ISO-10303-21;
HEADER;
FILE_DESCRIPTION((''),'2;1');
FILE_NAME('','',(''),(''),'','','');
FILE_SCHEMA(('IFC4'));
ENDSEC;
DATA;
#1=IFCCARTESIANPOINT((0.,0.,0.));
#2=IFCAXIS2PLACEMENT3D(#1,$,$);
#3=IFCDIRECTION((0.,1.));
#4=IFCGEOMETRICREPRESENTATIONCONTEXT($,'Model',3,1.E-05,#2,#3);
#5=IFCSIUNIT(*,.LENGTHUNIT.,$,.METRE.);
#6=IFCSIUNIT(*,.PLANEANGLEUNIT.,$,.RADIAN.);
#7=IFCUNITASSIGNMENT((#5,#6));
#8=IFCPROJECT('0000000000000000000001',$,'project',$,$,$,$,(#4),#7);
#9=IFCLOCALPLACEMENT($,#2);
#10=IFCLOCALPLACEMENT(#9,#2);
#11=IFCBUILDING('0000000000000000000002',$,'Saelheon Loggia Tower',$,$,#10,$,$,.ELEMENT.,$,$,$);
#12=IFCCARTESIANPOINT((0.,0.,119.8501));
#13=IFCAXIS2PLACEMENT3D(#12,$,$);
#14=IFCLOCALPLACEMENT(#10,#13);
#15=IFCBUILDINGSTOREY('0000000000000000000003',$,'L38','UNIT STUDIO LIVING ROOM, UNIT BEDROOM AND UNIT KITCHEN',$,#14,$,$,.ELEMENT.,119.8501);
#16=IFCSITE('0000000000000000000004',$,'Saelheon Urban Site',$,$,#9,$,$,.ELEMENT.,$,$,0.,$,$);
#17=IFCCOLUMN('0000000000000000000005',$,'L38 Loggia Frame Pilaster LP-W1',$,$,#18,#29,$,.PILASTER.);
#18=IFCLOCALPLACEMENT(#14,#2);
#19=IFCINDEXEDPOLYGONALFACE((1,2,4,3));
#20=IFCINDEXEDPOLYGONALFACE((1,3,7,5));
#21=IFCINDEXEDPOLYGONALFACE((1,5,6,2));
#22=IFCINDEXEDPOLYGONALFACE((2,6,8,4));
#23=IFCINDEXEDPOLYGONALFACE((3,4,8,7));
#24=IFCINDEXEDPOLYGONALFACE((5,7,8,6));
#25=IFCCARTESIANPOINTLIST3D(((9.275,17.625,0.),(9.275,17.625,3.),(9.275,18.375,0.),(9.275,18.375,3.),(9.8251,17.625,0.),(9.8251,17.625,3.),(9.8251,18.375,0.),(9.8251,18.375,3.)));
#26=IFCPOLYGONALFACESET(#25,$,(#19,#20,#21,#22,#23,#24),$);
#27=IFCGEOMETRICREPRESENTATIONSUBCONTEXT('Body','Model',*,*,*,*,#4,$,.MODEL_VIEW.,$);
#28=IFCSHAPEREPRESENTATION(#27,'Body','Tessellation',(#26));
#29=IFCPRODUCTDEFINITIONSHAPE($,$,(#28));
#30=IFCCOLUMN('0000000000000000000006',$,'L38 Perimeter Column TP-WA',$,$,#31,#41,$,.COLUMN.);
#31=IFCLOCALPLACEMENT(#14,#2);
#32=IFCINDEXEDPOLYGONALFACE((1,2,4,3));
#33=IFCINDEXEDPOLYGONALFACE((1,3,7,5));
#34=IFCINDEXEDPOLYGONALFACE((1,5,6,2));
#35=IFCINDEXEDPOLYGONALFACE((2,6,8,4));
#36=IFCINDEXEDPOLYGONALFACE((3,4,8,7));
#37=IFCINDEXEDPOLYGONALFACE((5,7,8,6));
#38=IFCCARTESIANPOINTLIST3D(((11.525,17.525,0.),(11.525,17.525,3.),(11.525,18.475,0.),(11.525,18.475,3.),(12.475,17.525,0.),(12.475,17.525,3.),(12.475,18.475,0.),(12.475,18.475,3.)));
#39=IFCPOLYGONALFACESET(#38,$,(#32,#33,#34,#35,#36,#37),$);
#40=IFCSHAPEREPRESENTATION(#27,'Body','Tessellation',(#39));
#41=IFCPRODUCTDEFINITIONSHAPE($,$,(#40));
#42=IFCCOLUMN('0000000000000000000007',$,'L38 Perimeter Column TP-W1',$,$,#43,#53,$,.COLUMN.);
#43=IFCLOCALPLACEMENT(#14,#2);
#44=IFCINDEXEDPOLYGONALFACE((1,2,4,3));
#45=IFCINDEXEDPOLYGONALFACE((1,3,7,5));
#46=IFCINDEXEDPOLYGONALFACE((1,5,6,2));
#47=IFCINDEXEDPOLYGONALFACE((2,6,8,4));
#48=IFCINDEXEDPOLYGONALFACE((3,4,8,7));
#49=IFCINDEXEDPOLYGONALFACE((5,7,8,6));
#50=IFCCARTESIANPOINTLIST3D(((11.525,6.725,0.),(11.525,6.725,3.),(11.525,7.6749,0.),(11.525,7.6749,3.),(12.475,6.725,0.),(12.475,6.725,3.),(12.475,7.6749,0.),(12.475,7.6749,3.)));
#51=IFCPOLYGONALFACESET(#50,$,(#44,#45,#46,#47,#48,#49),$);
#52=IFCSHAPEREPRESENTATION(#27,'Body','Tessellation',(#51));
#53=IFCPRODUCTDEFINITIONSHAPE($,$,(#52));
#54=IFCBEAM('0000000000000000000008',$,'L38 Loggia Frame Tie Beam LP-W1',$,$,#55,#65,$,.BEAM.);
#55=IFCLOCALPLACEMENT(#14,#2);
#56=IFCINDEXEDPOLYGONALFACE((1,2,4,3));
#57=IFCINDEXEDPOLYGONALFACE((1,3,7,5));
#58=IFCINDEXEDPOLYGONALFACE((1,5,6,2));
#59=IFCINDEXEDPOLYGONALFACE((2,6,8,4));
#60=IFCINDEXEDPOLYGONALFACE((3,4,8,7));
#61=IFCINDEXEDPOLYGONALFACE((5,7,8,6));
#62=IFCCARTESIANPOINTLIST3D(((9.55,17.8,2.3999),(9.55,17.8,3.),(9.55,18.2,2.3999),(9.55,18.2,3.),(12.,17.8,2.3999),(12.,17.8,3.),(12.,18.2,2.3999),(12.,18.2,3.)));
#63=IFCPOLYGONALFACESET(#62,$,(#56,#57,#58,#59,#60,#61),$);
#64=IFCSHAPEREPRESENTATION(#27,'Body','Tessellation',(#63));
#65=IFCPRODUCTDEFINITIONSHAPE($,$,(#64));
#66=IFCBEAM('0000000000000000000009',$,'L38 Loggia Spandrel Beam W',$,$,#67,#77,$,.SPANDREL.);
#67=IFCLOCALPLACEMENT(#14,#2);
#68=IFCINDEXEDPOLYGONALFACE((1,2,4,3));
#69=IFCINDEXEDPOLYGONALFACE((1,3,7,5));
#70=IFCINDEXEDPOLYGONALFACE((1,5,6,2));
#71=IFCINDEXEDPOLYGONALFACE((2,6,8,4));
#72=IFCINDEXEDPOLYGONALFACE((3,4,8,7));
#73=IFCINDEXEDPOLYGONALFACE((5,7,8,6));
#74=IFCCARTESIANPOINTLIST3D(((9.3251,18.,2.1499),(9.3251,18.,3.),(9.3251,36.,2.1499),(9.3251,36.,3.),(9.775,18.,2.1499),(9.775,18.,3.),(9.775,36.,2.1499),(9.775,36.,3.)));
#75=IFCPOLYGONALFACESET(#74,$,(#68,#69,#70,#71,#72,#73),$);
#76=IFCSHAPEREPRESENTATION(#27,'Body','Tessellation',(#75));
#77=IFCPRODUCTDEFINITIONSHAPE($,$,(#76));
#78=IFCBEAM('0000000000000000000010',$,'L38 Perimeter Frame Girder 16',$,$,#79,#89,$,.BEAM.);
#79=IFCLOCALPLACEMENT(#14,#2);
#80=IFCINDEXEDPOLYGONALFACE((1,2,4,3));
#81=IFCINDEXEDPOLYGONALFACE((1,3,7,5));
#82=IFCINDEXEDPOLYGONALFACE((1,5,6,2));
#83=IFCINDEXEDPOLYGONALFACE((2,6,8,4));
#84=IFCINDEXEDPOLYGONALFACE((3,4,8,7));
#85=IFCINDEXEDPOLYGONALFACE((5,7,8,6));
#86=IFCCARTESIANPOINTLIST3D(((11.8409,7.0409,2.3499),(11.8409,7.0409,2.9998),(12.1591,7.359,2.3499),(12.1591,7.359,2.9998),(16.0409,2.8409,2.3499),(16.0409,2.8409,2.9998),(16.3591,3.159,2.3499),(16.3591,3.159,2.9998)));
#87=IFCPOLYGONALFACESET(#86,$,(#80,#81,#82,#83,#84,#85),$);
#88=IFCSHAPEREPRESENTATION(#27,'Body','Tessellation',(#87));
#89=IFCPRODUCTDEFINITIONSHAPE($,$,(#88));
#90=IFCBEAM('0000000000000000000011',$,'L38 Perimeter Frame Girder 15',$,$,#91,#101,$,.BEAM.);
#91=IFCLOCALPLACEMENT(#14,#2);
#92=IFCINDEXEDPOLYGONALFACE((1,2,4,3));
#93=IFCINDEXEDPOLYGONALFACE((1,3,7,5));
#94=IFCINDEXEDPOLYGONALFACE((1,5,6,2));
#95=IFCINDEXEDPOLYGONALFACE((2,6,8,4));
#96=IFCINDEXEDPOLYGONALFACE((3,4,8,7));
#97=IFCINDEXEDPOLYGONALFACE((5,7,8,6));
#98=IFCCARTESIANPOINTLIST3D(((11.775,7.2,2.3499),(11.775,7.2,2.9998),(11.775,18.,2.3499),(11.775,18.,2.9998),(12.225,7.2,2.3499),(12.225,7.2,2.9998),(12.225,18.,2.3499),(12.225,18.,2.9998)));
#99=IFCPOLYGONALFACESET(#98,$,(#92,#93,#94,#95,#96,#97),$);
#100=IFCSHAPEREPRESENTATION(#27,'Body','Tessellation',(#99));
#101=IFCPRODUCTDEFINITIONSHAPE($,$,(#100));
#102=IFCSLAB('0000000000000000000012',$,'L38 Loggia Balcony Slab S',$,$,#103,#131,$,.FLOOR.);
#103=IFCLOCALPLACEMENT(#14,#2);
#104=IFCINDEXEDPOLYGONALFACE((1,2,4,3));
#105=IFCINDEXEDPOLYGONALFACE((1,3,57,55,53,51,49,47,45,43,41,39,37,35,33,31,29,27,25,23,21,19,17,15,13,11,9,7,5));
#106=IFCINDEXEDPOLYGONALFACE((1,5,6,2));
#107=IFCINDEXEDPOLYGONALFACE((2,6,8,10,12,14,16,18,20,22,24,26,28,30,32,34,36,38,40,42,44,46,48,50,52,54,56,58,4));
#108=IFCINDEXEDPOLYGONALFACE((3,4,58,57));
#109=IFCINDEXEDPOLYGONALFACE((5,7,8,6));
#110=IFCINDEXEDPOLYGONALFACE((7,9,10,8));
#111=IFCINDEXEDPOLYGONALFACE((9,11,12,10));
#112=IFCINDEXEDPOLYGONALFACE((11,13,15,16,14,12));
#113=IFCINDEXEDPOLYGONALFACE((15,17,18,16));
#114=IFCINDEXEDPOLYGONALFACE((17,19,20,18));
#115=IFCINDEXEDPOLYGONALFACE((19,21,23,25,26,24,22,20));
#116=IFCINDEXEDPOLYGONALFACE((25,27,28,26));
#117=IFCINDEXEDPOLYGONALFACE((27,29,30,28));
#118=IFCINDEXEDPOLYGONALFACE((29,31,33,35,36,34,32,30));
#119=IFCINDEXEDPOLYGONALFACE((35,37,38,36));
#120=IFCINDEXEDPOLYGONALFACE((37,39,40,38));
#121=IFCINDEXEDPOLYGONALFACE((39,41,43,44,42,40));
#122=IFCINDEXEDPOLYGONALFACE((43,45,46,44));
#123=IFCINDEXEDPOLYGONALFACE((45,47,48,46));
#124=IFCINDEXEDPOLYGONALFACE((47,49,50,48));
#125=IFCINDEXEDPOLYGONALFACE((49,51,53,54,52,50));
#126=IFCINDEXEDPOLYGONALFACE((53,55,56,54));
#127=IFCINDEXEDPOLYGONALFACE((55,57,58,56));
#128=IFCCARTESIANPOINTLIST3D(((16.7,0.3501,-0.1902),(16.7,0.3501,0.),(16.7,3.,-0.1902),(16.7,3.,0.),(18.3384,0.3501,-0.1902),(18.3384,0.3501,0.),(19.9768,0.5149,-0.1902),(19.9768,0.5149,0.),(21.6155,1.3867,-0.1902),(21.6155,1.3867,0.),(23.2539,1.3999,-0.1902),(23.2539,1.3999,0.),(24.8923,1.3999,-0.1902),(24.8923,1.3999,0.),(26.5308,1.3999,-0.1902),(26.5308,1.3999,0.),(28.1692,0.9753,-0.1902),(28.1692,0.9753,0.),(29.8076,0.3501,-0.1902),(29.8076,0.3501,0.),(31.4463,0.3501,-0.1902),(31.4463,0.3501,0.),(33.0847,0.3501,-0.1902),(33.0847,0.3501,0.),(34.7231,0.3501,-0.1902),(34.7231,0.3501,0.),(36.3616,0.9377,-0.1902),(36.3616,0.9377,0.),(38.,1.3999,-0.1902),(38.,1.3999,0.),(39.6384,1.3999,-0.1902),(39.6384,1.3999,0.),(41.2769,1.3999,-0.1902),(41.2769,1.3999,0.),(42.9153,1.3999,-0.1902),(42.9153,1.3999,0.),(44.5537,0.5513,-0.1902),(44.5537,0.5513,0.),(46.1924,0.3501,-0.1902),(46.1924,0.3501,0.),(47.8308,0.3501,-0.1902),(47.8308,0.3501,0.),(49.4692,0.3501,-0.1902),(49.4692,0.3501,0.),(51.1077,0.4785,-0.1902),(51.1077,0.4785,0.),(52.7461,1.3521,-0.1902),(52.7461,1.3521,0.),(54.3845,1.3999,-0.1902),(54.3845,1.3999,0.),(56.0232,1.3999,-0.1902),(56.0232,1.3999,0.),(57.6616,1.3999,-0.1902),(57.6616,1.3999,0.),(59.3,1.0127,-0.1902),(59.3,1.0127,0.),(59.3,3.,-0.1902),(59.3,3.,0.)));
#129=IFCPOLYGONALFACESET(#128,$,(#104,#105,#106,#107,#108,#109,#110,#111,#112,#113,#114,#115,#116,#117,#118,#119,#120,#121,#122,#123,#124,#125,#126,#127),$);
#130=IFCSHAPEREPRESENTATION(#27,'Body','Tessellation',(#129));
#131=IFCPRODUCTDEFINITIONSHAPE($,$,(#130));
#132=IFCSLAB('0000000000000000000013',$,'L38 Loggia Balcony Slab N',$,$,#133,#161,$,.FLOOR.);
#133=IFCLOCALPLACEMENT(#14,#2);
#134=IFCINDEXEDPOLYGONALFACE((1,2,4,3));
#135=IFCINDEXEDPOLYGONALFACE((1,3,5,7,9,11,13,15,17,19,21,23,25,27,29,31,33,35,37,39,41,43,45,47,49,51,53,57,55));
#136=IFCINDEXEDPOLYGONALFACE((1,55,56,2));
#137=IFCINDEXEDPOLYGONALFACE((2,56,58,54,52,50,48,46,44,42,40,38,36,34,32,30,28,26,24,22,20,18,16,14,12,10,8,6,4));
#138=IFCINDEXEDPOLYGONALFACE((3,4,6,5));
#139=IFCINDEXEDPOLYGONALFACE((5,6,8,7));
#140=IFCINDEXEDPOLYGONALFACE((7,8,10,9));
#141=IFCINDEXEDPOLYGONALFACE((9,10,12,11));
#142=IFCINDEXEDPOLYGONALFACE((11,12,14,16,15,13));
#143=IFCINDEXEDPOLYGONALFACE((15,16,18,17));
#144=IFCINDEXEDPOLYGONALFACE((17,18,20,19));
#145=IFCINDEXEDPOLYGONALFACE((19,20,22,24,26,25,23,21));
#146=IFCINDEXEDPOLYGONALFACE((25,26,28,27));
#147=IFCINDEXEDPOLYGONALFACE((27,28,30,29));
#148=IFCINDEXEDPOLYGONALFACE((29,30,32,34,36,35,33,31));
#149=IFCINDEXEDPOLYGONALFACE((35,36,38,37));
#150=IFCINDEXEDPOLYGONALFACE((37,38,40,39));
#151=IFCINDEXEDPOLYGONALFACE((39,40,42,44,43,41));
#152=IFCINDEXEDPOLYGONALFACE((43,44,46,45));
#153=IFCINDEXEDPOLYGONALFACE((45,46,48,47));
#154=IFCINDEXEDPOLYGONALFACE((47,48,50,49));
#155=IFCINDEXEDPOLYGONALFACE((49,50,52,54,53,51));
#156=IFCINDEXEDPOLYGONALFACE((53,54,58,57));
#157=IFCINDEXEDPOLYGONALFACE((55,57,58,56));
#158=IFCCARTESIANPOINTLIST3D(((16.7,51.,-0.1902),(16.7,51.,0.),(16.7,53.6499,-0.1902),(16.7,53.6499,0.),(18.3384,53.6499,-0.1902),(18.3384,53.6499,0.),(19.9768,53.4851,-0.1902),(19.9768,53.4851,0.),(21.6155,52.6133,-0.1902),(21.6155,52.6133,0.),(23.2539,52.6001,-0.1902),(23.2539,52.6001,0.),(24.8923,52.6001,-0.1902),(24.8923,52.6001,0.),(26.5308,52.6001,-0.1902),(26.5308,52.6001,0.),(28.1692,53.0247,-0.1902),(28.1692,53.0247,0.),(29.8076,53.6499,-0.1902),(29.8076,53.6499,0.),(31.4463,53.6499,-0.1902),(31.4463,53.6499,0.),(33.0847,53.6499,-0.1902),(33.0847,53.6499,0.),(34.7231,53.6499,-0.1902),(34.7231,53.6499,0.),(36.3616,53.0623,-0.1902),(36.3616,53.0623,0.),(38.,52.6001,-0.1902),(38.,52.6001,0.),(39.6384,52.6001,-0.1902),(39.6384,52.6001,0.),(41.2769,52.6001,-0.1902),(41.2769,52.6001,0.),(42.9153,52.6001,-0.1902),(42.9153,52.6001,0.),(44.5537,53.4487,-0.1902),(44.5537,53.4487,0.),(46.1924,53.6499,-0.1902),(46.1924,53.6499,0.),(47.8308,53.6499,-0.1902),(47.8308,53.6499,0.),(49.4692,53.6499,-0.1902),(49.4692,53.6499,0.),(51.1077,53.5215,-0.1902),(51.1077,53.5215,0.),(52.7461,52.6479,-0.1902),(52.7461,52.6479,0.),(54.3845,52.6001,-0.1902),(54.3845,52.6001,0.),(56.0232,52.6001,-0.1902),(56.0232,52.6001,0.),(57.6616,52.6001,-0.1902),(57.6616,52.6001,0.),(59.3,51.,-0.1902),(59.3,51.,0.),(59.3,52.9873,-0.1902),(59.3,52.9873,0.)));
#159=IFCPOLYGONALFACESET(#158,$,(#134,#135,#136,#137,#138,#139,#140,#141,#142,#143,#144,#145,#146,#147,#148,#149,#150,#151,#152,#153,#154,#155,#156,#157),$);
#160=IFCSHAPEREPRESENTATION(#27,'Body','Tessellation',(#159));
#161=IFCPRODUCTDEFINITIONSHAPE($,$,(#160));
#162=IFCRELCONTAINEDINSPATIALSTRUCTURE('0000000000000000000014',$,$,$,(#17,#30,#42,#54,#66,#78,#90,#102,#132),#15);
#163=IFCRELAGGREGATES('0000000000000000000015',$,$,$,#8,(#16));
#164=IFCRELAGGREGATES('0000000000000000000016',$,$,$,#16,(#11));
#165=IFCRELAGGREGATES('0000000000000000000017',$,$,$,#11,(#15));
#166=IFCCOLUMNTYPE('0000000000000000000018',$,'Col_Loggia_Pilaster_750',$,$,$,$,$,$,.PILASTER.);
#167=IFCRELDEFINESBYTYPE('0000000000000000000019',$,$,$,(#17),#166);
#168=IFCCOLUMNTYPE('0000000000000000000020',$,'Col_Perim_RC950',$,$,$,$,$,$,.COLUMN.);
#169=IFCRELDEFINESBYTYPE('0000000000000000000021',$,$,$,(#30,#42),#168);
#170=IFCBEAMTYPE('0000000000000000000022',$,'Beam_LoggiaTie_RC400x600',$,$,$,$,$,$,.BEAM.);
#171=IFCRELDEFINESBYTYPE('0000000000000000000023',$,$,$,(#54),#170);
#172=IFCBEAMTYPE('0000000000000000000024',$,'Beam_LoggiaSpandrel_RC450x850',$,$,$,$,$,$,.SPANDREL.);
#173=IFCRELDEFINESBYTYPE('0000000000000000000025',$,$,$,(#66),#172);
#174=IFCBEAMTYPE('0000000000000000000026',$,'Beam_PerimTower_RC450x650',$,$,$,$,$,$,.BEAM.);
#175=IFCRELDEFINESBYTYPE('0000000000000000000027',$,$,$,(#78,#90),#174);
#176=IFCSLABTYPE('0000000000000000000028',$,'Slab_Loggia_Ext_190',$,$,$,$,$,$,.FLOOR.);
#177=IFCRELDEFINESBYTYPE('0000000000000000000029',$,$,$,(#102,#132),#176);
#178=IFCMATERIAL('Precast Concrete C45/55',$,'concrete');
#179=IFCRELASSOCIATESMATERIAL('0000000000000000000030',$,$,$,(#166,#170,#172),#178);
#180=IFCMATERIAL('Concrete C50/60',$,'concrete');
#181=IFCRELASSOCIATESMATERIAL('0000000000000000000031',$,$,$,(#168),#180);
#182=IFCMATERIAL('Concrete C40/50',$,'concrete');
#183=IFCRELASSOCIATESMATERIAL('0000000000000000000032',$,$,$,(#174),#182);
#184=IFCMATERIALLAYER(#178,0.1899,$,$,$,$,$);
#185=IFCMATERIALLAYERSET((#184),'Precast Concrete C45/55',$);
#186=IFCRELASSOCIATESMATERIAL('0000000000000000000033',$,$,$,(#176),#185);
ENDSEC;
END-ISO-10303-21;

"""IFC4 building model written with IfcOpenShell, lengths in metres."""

from ifc_helpers import new_model, si_unit, direction, frame, origin, origin_2d, place, context, subcontext, project, spatial, polyline, rectangle, outline, extrude, source, transform, mapped, material, layer, layer_set, material_profile, profile_set, type_object, element, save


model = new_model("IFC4")

# Units and contexts
model_context = context("Model", 3, precision=1e-05, world=origin(), true_north=direction((0.0, 1.0)))
body_context = subcontext(model_context, "Body", "Model", "MODEL_VIEW")
ifc_project = project(units=[si_unit("LENGTHUNIT", "METRE"), si_unit("PLANEANGLEUNIT", "RADIAN")], contexts=[model_context])

# Site, building, storey
site_placement = place(None, origin())
site = spatial("IfcSite", under=ifc_project, at=site_placement, Name="Saelheon Urban Site", CompositionType="ELEMENT", RefElevation=0.0)
building_placement = place(site_placement, origin())
building = spatial("IfcBuilding", under=site, at=building_placement, Name="Saelheon Loggia Tower", CompositionType="ELEMENT")
storey_placement = place(building_placement, frame((0.0, 0.0, 119.8501)))
storey = spatial("IfcBuildingStorey", under=building, at=storey_placement, Name="L38", Description="UNIT STUDIO LIVING ROOM, UNIT BEDROOM AND UNIT KITCHEN", CompositionType="ELEMENT", Elevation=119.8501)

# Columns
ifc_material_1 = material(Name="Precast Concrete C45/55", Category="concrete")
ifc_material_profile_1 = material_profile(ifc_material_1, rectangle(XDim=0.55, YDim=0.75, at=origin_2d()), Name="RC-550x750")
ifc_profile_set_1 = profile_set([ifc_material_profile_1], Name="Precast Concrete C45/55")
column_type_1 = type_object("IfcColumnType", Name="Col_Loggia_Pilaster_750", PredefinedType="PILASTER", material=ifc_profile_set_1)
shared_shape_1 = source(origin(), body_context, "Body", "SweptSolid", [
    extrude(rectangle(XDim=0.55, YDim=0.75, at=origin_2d()), origin(), (0.0, 0.0, 1.0), 3.0),
])
column_placement = place(storey_placement, frame((9.55, 18.0, 0.0), z_axis=(0.0, 0.0, 1.0), x_axis=(1.0, 0.0, 0.0)))
element("IfcColumn", 1, at=column_placement, inside=storey, type_object=column_type_1, Name="L38 Loggia Frame Pilaster LP-W1", PredefinedType="PILASTER", context=body_context, shape_type="MappedRepresentation", body=[
    mapped(shared_shape_1, transform((0.0, 0.0, 0.0), scale=1.0)),
])
ifc_material_2 = material(Name="Concrete C50/60", Category="concrete")
ifc_material_profile_2 = material_profile(ifc_material_2, rectangle(XDim=0.95, YDim=0.95, at=origin_2d()), Name="RC-950x950")
ifc_profile_set_2 = profile_set([ifc_material_profile_2], Name="Concrete C50/60")
column_type_2 = type_object("IfcColumnType", Name="Col_Perim_RC950", PredefinedType="COLUMN", material=ifc_profile_set_2)
shared_shape_2 = source(origin(), body_context, "Body", "SweptSolid", [
    extrude(rectangle(XDim=0.95, YDim=0.95, at=origin_2d()), origin(), (0.0, 0.0, 1.0), 3.0),
])
for number, where, z_axis, x_axis, name in (
    (2, (12.0, 18.0, 0.0), (0.0, 0.0, 1.0), (1.0, 0.0, 0.0), "L38 Perimeter Column TP-WA"),
    (3, (12.0, 7.2, 0.0), (0.0, 0.0, 1.0), (1.0, 0.0, 0.0), "L38 Perimeter Column TP-W1"),
):
    element("IfcColumn", number, at=place(storey_placement, frame(where, z_axis=z_axis, x_axis=x_axis)), inside=storey, type_object=column_type_2, Name=name, PredefinedType="COLUMN", context=body_context, shape_type="MappedRepresentation", body=[
        mapped(shared_shape_2, transform((0.0, 0.0, 0.0), scale=1.0)),
    ])

# Beams
ifc_material_profile_3 = material_profile(ifc_material_1, rectangle(XDim=0.3999, YDim=0.6001, at=origin_2d()), Name="RC-400x600")
ifc_profile_set_3 = profile_set([ifc_material_profile_3], Name="Precast Concrete C45/55")
beam_type_1 = type_object("IfcBeamType", Name="Beam_LoggiaTie_RC400x600", PredefinedType="BEAM", material=ifc_profile_set_3)
shared_shape_3 = source(origin(), body_context, "Body", "SweptSolid", [
    extrude(rectangle(XDim=0.3999, YDim=0.6001, at=origin_2d()), origin(), (0.0, 0.0, 1.0), 2.45),
])
beam_1_placement = place(storey_placement, frame((12.0, 18.0, 2.7), z_axis=(-1.0, 0.0, 0.0), x_axis=(0.0, -1.0, 0.0)))
element("IfcBeam", 4, at=beam_1_placement, inside=storey, type_object=beam_type_1, Name="L38 Loggia Frame Tie Beam LP-W1", PredefinedType="BEAM", context=body_context, shape_type="MappedRepresentation", body=[
    mapped(shared_shape_3, transform((0.0, 0.0, 0.0), scale=1.0)),
])
ifc_material_profile_4 = material_profile(ifc_material_1, rectangle(XDim=0.45, YDim=0.8501, at=origin_2d()), Name="RC-450x850")
ifc_profile_set_4 = profile_set([ifc_material_profile_4], Name="Precast Concrete C45/55")
beam_type_2 = type_object("IfcBeamType", Name="Beam_LoggiaSpandrel_RC450x850", PredefinedType="SPANDREL", material=ifc_profile_set_4)
shared_shape_4 = source(origin(), body_context, "Body", "SweptSolid", [
    extrude(rectangle(XDim=0.45, YDim=0.8501, at=origin_2d()), origin(), (0.0, 0.0, 1.0), 18.0),
])
beam_2_placement = place(storey_placement, frame((9.55, 18.0, 2.575), z_axis=(0.0, 1.0, 0.0), x_axis=(-1.0, 0.0, 0.0)))
element("IfcBeam", 5, at=beam_2_placement, inside=storey, type_object=beam_type_2, Name="L38 Loggia Spandrel Beam W", PredefinedType="SPANDREL", context=body_context, shape_type="MappedRepresentation", body=[
    mapped(shared_shape_4, transform((0.0, 0.0, 0.0), scale=1.0)),
])
ifc_material_3 = material(Name="Concrete C40/50", Category="concrete")
ifc_material_profile_5 = material_profile(ifc_material_3, rectangle(XDim=0.45, YDim=0.6499, at=origin_2d()), Name="RC-450x650")
ifc_profile_set_5 = profile_set([ifc_material_profile_5], Name="Concrete C40/50")
beam_type_3 = type_object("IfcBeamType", Name="Beam_PerimTower_RC450x650", PredefinedType="BEAM", material=ifc_profile_set_5)
shared_shape_5 = source(origin(), body_context, "Body", "SweptSolid", [
    extrude(rectangle(XDim=0.45, YDim=0.6499, at=origin_2d()), origin(), (0.0, 0.0, 1.0), 5.9397),
])
beam_3_placement = place(storey_placement, frame((12.0, 7.2, 2.6748), z_axis=(0.707107, -0.707107, 0.0), x_axis=(0.707107, 0.707107, 0.0)))
element("IfcBeam", 6, at=beam_3_placement, inside=storey, type_object=beam_type_3, Name="L38 Perimeter Frame Girder 16", PredefinedType="BEAM", context=body_context, shape_type="MappedRepresentation", body=[
    mapped(shared_shape_5, transform((0.0, 0.0, 0.0), scale=1.0)),
])
shared_shape_6 = source(origin(), body_context, "Body", "SweptSolid", [
    extrude(rectangle(XDim=0.45, YDim=0.6499, at=origin_2d()), origin(), (0.0, 0.0, 1.0), 10.8),
])
beam_4_placement = place(storey_placement, frame((12.0, 18.0, 2.6748), z_axis=(0.0, -1.0, 0.0), x_axis=(1.0, 0.0, 0.0)))
element("IfcBeam", 7, at=beam_4_placement, inside=storey, type_object=beam_type_3, Name="L38 Perimeter Frame Girder 15", PredefinedType="BEAM", context=body_context, shape_type="MappedRepresentation", body=[
    mapped(shared_shape_6, transform((0.0, 0.0, 0.0), scale=1.0)),
])

# Slabs
ifc_layer_1 = layer(ifc_material_1, 0.1899)
ifc_layer_set_1 = layer_set([ifc_layer_1], Name="Precast Concrete C45/55")
slab_type_1 = type_object("IfcSlabType", Name="Slab_Loggia_Ext_190", PredefinedType="FLOOR", material=ifc_layer_set_1)
slab_1_placement = place(storey_placement, frame((0.0, 0.0, -0.1902)))
element("IfcSlab", 8, at=slab_1_placement, inside=storey, type_object=slab_type_1, Name="L38 Loggia Balcony Slab S", PredefinedType="FLOOR", context=body_context, shape_type="SweptSolid", body=[
    extrude(outline(polyline([(16.7, 0.3501), (18.3384, 0.3501), (19.9768, 0.5149), (21.6155, 1.3867), (23.2539, 1.3999), (24.8923, 1.3999), (26.5308, 1.3999), (28.1692, 0.9753), (29.8076, 0.3501), (31.4463, 0.3501), (33.0847, 0.3501), (34.7231, 0.3501), (36.3616, 0.9377), (38.0, 1.3999), (39.6384, 1.3999), (41.2769, 1.3999), (42.9153, 1.3999), (44.5537, 0.5513), (46.1924, 0.3501), (47.8308, 0.3501), (49.4692, 0.3501), (51.1077, 0.4785), (52.7461, 1.3521), (54.3845, 1.3999), (56.0232, 1.3999), (57.6616, 1.3999), (59.3, 1.0127), (59.3, 3.0), (16.7, 3.0), (16.7, 0.3501)])), origin(), (0.0, 0.0, 1.0), 0.1902),
])
slab_2_placement = place(storey_placement, frame((0.0, 0.0, -0.1902)))
element("IfcSlab", 9, at=slab_2_placement, inside=storey, type_object=slab_type_1, Name="L38 Loggia Balcony Slab N", PredefinedType="FLOOR", context=body_context, shape_type="SweptSolid", body=[
    extrude(outline(polyline([(16.7, 51.0), (59.3, 51.0), (59.3, 52.9873), (57.6616, 52.6001), (56.0232, 52.6001), (54.3845, 52.6001), (52.7461, 52.6479), (51.1077, 53.5215), (49.4692, 53.6499), (47.8308, 53.6499), (46.1924, 53.6499), (44.5537, 53.4487), (42.9153, 52.6001), (41.2769, 52.6001), (39.6384, 52.6001), (38.0, 52.6001), (36.3616, 53.0623), (34.7231, 53.6499), (33.0847, 53.6499), (31.4463, 53.6499), (29.8076, 53.6499), (28.1692, 53.0247), (26.5308, 52.6001), (24.8923, 52.6001), (23.2539, 52.6001), (21.6155, 52.6133), (19.9768, 53.4851), (18.3384, 53.6499), (16.7, 53.6499), (16.7, 51.0)])), origin(), (0.0, 0.0, 1.0), 0.1902),
])

save(model, "model.ifc")
